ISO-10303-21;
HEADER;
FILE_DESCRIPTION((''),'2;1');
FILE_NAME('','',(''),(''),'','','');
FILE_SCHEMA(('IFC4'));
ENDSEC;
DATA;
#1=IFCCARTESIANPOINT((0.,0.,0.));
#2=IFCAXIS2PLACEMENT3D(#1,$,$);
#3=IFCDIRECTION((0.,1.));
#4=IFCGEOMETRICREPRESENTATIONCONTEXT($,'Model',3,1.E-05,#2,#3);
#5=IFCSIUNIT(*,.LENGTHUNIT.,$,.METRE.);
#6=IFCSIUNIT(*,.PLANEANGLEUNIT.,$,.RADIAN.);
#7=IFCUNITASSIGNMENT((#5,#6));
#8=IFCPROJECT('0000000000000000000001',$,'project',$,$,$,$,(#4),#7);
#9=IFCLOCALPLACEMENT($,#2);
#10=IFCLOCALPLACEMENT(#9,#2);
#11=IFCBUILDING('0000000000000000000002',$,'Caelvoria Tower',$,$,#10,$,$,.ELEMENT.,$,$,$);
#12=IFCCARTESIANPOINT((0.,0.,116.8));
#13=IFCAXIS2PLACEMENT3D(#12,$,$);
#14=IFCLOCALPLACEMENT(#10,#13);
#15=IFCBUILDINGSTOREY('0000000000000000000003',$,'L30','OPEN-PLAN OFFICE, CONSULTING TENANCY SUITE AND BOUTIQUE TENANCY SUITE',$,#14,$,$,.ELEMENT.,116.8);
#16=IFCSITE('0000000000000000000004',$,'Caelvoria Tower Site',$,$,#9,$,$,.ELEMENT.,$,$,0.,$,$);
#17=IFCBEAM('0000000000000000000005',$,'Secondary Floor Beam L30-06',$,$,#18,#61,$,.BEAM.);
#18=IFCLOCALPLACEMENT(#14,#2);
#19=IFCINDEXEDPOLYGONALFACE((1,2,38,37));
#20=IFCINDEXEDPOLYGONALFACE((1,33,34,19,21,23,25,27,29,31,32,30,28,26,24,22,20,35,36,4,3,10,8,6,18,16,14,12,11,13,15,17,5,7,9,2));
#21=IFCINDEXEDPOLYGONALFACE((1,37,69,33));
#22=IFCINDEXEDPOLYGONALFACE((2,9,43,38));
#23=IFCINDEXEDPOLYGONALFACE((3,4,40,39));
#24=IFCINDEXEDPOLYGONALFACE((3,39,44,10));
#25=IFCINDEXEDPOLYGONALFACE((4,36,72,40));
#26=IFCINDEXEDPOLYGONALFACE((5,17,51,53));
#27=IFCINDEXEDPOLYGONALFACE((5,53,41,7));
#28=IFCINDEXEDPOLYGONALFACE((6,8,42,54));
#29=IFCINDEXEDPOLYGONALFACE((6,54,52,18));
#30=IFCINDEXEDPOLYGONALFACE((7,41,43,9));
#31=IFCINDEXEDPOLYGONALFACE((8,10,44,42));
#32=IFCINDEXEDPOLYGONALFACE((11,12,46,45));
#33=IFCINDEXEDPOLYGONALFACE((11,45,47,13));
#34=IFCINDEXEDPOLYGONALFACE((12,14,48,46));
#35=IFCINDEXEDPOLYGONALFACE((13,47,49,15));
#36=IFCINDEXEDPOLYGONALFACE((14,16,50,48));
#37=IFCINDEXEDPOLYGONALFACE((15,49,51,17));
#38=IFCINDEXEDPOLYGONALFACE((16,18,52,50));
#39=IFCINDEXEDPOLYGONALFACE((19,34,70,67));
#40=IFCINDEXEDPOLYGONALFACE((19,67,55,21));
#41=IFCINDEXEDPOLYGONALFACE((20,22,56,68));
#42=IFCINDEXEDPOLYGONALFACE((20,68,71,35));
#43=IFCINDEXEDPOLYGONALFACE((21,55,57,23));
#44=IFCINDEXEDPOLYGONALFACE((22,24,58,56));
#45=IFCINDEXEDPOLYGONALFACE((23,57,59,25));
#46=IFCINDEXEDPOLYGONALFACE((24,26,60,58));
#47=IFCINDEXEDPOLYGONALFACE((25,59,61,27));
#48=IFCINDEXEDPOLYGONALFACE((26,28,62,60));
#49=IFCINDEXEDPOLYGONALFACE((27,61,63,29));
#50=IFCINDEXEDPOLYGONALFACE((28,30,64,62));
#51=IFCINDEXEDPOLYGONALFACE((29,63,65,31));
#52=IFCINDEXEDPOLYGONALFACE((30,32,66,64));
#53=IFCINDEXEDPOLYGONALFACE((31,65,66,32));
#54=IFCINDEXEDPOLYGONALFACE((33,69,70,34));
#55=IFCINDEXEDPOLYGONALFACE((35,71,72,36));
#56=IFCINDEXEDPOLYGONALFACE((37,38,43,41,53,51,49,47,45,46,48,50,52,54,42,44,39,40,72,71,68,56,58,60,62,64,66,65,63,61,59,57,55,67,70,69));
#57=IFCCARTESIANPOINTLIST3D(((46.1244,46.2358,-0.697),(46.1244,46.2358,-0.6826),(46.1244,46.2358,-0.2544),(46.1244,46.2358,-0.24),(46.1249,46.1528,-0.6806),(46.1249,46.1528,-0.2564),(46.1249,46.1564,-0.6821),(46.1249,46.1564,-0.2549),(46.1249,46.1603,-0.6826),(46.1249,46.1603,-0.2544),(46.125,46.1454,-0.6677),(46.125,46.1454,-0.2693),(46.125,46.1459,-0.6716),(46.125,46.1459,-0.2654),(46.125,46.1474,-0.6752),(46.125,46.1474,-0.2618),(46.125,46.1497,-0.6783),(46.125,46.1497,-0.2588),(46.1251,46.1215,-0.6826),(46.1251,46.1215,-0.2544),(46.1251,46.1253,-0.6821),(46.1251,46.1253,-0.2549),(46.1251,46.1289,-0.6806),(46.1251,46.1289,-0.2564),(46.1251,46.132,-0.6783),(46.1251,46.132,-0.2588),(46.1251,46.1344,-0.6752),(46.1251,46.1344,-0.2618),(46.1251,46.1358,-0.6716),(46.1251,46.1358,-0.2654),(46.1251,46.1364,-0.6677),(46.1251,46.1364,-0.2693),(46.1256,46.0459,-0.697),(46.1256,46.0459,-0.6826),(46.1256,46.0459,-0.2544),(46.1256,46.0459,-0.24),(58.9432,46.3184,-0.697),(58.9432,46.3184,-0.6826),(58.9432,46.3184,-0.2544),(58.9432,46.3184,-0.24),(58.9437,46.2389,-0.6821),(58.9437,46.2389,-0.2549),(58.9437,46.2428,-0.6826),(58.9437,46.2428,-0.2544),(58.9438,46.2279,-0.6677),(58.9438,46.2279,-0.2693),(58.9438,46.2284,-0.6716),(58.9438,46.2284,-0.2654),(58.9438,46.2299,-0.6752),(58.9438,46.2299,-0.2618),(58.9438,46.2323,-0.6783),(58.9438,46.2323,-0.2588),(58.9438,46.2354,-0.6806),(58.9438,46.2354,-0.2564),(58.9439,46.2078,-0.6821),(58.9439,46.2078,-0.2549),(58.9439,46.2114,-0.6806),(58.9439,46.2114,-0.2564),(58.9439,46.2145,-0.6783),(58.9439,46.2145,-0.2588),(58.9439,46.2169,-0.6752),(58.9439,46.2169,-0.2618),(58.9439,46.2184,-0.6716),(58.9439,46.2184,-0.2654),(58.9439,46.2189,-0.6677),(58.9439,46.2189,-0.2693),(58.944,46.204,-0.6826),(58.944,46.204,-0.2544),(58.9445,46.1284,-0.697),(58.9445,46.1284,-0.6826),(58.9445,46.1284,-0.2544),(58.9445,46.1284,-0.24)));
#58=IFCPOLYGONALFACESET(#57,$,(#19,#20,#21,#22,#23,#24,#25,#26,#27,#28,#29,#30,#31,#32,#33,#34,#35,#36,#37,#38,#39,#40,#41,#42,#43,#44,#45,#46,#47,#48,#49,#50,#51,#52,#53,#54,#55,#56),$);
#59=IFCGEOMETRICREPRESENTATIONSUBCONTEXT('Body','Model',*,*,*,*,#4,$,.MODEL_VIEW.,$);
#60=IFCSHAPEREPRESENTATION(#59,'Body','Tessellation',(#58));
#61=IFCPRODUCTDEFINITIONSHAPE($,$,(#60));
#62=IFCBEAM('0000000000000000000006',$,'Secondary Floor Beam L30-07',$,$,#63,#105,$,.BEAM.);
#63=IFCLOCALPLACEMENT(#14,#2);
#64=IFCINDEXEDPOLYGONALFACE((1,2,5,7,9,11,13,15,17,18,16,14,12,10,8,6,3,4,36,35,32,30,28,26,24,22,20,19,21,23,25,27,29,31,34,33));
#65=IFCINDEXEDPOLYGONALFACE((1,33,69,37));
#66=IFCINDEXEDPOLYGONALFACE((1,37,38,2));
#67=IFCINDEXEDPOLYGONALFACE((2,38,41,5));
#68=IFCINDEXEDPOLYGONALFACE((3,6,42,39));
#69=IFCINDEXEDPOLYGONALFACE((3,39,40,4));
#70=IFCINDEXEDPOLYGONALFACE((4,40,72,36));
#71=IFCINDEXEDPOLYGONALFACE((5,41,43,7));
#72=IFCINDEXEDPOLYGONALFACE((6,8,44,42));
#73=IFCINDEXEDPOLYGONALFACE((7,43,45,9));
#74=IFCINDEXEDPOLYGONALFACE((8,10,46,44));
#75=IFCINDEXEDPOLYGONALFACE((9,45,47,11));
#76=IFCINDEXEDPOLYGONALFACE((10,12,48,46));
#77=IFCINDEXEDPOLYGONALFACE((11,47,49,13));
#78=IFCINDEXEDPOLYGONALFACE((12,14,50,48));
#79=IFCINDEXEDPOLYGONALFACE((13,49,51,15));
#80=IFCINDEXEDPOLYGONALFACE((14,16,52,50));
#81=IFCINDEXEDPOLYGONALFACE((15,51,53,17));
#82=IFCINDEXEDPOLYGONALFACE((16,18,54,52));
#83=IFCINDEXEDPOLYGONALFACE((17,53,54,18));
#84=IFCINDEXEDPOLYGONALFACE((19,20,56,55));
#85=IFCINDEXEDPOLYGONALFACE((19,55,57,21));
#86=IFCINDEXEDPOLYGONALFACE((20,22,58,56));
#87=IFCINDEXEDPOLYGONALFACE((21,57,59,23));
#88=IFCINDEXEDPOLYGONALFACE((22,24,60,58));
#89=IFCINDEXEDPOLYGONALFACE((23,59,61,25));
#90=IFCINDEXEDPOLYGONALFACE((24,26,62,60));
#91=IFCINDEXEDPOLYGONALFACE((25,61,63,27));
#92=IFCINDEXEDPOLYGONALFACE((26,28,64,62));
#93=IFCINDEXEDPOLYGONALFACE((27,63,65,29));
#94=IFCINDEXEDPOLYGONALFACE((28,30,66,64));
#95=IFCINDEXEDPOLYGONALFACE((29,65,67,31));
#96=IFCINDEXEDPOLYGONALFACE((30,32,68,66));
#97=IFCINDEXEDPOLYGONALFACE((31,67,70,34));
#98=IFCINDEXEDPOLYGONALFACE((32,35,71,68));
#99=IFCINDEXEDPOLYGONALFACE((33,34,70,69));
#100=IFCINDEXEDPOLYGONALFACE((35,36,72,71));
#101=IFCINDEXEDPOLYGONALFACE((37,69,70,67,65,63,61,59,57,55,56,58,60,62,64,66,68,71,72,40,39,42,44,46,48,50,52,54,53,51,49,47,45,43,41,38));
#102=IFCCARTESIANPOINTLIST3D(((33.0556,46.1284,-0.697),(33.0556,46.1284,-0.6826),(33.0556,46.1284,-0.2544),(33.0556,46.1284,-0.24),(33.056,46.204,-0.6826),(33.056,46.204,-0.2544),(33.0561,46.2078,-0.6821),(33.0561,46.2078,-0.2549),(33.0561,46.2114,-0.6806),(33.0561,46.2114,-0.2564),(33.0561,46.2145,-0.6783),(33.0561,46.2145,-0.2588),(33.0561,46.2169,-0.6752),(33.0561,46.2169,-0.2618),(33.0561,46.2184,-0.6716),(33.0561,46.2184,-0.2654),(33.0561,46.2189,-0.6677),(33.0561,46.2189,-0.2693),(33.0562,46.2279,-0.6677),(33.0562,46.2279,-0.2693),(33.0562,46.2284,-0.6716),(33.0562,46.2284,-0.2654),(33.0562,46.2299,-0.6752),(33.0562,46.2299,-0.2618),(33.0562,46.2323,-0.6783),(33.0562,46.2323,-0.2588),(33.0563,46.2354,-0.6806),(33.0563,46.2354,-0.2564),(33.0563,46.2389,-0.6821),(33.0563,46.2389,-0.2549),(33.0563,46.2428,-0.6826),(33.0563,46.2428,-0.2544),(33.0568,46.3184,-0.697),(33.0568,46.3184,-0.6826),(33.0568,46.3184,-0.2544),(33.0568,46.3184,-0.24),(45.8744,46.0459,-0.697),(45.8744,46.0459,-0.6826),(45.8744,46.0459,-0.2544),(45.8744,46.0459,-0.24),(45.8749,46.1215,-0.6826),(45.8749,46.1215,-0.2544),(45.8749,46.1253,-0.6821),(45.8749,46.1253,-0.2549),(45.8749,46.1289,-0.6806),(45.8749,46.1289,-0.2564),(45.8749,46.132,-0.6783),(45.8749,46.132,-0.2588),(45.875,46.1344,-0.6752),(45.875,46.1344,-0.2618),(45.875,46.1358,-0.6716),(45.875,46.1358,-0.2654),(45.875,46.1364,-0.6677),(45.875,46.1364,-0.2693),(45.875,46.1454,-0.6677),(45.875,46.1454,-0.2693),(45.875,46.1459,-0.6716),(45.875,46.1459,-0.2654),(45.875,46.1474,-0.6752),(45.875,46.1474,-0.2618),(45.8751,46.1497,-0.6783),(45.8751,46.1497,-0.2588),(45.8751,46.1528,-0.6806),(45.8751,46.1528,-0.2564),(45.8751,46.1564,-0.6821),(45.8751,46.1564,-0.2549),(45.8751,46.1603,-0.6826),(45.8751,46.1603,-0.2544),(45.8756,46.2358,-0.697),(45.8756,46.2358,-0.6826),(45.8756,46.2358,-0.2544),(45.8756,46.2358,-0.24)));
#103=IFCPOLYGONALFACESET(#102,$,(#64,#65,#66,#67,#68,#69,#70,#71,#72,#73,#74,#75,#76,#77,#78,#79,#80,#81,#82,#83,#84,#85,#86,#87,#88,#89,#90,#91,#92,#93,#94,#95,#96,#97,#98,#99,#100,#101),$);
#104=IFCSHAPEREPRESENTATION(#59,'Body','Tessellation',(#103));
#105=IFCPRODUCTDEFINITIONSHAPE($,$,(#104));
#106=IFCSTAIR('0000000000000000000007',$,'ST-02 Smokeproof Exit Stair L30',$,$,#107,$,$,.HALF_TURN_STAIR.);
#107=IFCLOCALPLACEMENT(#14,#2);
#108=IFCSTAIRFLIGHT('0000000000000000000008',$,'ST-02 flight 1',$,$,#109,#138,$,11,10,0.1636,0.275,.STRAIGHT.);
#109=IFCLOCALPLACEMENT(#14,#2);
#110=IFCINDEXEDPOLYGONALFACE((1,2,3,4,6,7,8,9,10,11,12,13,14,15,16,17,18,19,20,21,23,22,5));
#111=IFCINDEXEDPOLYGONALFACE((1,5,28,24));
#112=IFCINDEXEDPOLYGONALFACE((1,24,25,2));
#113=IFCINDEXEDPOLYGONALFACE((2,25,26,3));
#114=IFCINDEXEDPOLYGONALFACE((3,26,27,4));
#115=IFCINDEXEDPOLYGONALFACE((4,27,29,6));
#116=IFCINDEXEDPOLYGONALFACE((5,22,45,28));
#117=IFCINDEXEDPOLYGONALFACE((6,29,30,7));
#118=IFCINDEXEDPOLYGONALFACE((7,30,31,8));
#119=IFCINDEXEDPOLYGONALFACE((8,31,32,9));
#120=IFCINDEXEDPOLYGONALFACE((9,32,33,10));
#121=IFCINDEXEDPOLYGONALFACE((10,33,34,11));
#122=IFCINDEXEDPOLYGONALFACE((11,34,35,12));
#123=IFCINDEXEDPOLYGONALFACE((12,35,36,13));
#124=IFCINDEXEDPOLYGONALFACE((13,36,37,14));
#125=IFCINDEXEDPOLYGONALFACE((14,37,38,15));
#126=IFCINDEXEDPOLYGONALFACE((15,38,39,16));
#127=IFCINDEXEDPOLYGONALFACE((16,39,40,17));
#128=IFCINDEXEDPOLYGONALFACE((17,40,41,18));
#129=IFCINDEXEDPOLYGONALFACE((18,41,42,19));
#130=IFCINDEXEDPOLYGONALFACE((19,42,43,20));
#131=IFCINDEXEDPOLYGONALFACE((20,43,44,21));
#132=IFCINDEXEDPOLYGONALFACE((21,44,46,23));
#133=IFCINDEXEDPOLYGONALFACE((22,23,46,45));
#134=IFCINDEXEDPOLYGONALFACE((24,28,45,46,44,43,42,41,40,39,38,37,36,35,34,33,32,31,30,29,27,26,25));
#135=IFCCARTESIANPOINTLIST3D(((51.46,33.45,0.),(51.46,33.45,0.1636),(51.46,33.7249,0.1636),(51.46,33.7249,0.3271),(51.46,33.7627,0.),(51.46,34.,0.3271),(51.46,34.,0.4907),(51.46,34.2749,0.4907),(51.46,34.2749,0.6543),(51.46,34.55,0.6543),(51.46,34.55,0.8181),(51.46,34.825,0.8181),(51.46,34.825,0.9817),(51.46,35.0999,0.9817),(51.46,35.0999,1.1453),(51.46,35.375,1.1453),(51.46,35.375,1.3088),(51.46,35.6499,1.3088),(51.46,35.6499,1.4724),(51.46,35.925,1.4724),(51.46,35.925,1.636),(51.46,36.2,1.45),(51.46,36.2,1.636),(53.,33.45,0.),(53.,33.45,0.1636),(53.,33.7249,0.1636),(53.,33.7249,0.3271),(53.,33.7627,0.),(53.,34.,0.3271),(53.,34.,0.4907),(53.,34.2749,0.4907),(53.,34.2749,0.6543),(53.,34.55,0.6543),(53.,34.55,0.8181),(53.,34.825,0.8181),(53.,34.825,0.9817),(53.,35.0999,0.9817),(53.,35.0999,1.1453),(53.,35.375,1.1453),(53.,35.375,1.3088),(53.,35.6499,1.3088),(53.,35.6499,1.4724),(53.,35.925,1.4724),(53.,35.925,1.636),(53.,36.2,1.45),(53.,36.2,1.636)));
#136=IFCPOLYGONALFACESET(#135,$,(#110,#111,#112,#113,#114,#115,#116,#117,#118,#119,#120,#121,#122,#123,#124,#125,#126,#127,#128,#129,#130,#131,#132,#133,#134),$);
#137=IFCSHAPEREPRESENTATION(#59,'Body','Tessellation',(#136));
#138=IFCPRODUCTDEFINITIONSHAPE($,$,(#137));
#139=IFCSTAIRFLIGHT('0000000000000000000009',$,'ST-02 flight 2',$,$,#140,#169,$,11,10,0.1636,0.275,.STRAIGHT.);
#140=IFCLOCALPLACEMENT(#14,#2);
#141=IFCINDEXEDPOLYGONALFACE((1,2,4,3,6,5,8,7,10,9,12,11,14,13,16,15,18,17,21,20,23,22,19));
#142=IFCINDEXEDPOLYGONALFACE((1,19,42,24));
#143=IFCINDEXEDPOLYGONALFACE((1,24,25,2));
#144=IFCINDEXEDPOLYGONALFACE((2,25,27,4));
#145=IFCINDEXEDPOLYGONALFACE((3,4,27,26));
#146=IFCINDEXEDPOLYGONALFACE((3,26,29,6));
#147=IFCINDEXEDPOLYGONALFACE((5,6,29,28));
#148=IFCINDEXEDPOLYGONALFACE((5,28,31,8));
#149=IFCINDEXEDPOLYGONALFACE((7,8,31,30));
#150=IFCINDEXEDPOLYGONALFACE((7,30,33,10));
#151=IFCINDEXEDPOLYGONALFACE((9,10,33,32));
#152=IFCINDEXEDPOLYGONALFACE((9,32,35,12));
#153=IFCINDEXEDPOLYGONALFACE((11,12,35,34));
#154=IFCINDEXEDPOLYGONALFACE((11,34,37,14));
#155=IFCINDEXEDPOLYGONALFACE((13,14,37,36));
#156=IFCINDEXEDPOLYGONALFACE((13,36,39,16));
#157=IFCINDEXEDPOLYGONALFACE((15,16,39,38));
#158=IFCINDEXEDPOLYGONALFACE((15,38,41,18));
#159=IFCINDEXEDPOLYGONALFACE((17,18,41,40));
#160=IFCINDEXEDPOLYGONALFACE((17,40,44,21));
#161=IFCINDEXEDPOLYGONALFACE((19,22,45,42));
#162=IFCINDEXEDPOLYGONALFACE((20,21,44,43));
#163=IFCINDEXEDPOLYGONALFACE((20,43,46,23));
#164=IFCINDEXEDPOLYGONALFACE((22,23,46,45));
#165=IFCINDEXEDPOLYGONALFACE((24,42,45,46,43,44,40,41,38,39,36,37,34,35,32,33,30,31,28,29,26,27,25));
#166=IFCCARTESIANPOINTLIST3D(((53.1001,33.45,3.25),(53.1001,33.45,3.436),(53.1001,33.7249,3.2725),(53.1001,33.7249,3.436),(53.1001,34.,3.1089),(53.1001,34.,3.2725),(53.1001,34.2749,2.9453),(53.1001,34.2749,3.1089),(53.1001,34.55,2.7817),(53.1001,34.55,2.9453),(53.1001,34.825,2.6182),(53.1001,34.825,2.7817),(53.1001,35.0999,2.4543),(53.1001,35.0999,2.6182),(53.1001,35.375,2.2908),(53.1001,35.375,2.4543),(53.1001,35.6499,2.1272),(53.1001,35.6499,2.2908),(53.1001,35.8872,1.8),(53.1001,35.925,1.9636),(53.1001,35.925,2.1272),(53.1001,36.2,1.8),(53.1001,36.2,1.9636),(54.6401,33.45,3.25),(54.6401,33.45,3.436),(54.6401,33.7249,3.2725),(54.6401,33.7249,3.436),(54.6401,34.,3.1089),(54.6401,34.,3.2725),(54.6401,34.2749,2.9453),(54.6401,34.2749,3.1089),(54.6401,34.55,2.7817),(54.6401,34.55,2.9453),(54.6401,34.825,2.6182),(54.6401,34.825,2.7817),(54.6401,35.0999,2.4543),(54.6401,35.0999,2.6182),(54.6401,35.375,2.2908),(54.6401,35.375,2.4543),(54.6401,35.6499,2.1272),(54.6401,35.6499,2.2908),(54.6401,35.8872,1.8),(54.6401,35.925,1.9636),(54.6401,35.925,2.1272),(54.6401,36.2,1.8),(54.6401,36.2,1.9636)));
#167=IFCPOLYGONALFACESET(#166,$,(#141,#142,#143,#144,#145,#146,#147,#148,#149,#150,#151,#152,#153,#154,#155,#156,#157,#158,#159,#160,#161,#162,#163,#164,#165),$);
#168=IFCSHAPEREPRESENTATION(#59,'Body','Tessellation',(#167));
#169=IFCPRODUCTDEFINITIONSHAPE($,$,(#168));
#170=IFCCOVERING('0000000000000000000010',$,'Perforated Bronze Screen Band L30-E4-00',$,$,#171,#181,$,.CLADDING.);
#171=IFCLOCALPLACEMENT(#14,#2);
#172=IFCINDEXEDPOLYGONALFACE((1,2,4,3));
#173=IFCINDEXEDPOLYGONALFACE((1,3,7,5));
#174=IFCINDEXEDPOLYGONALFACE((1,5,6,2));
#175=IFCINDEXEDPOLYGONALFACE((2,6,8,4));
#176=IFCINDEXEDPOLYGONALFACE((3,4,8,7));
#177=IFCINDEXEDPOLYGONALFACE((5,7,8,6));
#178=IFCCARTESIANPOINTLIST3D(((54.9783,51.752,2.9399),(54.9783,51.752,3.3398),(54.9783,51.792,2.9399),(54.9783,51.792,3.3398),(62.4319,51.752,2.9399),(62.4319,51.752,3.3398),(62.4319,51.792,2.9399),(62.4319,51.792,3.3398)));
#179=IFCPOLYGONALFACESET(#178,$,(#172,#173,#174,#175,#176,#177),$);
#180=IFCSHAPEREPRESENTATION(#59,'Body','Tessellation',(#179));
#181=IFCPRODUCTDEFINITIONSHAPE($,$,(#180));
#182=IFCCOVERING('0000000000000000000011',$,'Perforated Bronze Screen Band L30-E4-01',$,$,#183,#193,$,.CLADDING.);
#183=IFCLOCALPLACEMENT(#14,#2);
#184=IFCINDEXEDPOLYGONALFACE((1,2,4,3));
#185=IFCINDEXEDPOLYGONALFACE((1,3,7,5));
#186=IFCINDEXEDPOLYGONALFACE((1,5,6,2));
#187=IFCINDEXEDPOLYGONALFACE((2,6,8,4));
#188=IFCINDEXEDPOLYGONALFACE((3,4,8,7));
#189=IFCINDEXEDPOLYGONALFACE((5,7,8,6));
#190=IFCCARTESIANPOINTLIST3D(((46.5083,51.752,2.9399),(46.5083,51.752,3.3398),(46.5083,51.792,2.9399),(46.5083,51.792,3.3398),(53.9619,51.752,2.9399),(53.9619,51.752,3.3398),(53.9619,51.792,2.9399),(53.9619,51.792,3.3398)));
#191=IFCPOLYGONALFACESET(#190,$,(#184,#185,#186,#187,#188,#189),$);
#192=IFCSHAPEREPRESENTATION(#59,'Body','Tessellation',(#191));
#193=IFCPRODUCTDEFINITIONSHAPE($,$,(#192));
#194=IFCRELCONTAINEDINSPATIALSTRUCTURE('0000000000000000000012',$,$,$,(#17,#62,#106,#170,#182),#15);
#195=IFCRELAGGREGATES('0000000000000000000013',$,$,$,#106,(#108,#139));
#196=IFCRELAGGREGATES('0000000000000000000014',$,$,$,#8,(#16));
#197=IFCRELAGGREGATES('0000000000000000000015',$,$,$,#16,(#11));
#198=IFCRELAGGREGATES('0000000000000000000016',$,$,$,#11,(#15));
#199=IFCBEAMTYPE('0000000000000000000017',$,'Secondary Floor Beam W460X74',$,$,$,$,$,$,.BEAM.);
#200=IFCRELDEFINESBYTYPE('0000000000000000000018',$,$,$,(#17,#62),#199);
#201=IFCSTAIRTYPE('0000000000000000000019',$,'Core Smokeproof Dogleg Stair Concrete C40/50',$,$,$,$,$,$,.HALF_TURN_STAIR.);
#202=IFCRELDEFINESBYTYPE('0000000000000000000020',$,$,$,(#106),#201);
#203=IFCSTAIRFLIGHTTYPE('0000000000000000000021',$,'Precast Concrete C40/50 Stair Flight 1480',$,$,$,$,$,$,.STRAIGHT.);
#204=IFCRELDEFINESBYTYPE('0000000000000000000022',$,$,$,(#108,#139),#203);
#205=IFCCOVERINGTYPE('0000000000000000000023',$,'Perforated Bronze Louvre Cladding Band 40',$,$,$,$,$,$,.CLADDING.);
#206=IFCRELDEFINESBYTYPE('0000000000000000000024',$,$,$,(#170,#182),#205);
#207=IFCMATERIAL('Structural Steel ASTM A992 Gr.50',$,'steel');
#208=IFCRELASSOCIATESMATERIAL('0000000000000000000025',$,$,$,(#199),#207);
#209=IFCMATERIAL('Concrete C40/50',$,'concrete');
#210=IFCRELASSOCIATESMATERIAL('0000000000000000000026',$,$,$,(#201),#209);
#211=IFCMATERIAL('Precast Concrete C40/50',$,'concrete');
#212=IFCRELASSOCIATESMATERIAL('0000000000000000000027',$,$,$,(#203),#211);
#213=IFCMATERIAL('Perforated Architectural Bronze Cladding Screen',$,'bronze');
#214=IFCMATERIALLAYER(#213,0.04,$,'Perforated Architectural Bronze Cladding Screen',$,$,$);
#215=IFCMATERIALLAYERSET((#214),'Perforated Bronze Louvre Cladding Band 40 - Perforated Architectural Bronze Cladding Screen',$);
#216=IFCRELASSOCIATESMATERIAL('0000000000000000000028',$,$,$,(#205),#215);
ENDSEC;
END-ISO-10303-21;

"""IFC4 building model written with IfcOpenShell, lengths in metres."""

from ifc_helpers import new_model, si_unit, direction, frame, origin, origin_2d, place, context, subcontext, project, spatial, polyline, rectangle, i_section, outline, extrude, material, layer, layer_set, material_profile, profile_set, type_object, element, aggregate, save


model = new_model("IFC4")

# Units and contexts
model_context = context("Model", 3, precision=1e-05, world=origin(), true_north=direction((0.0, 1.0)))
body_context = subcontext(model_context, "Body", "Model", "MODEL_VIEW")
ifc_project = project(units=[si_unit("LENGTHUNIT", "METRE"), si_unit("PLANEANGLEUNIT", "RADIAN")], contexts=[model_context])

# Site, building, storey
site_placement = place(None, origin())
site = spatial("IfcSite", under=ifc_project, at=site_placement, Name="Caelvoria Tower Site", CompositionType="ELEMENT", RefElevation=0.0)
building_placement = place(site_placement, origin())
building = spatial("IfcBuilding", under=site, at=building_placement, Name="Caelvoria Tower", CompositionType="ELEMENT")
storey_placement = place(building_placement, frame((0.0, 0.0, 116.8)))
storey = spatial("IfcBuildingStorey", under=building, at=storey_placement, Name="L30", Description="OPEN-PLAN OFFICE, CONSULTING TENANCY SUITE AND BOUTIQUE TENANCY SUITE", CompositionType="ELEMENT", Elevation=116.8)

# Beams
ifc_material_1 = material(Name="Structural Steel ASTM A992 Gr.50", Category="steel")
ifc_material_profile_1 = material_profile(ifc_material_1, i_section(OverallWidth=0.1899, OverallDepth=0.457, WebThickness=0.009, FlangeThickness=0.0144, FilletRadius=0.0149, at=origin_2d()), Name="Structural Steel ASTM A992 Gr.50")
ifc_profile_set_1 = profile_set([ifc_material_profile_1], Name="W460X74 - Structural Steel ASTM A992 Gr.50")
beam_type_1 = type_object("IfcBeamType", Name="Secondary Floor Beam W460X74", PredefinedType="BEAM", material=ifc_profile_set_1)
for number, where, z_axis, x_axis, name in (
    (1, (58.9438, 46.2234, -0.4685), (-0.999979, -0.006437, 0.0), (0.006437, -0.999979, 0.0), "Secondary Floor Beam L30-06"),
    (2, (45.875, 46.1409, -0.4685), (-0.999979, 0.006437, 0.0), (-0.006437, -0.999979, 0.0), "Secondary Floor Beam L30-07"),
):
    element("IfcBeam", number, at=place(storey_placement, frame(where, z_axis=z_axis, x_axis=x_axis)), inside=storey, type_object=beam_type_1, Name=name, PredefinedType="BEAM", context=body_context, shape_type="SweptSolid", body=[
        extrude(i_section(OverallWidth=0.1899, OverallDepth=0.457, WebThickness=0.009, FlangeThickness=0.0144, FilletRadius=0.0149, at=origin_2d()), origin(), (0.0, 0.0, 1.0), 12.8191),
    ])

# Stair, stair flights
ifc_material_2 = material(Name="Concrete C40/50", Category="concrete")
stair_type = type_object("IfcStairType", Name="Core Smokeproof Dogleg Stair Concrete C40/50", PredefinedType="HALF_TURN_STAIR", material=ifc_material_2)
stair_placement = place(storey_placement, origin())
stair = element("IfcStair", 3, at=stair_placement, inside=storey, type_object=stair_type, Name="ST-02 Smokeproof Exit Stair L30", PredefinedType="HALF_TURN_STAIR")
ifc_material_3 = material(Name="Precast Concrete C40/50", Category="concrete")
stair_flight_type = type_object("IfcStairFlightType", Name="Precast Concrete C40/50 Stair Flight 1480", PredefinedType="STRAIGHT", material=ifc_material_3)
stair_flight_1_placement = place(storey_placement, frame((52.23, 33.45, 0.0), z_axis=(0.0, 0.0, 1.0), x_axis=(0.0, 1.0, 0.0)))
stair_flight_1 = element("IfcStairFlight", 4, at=stair_flight_1_placement, type_object=stair_flight_type, Name="ST-02 flight 1", NumberOfRisers=11, NumberOfTreads=10, PredefinedType="STRAIGHT", RiserHeight=0.1636, TreadLength=0.275, context=body_context, shape_type="SweptSolid", body=[
    extrude(outline(polyline([(0.0, 0.0), (0.0, 0.1636), (0.2749, 0.1636), (0.2749, 0.3271), (0.55, 0.3271), (0.55, 0.4907), (0.825, 0.4907), (0.825, 0.6543), (1.1001, 0.6543), (1.1001, 0.8181), (1.375, 0.8181), (1.375, 0.9817), (1.6499, 0.9817), (1.6499, 1.1453), (1.925, 1.1453), (1.925, 1.3088), (2.2, 1.3088), (2.2, 1.4724), (2.4751, 1.4724), (2.4751, 1.636), (2.75, 1.636), (2.75, 1.7996), (2.75, 1.45), (0.3127, 0.0), (0.0, 0.0)])), frame((0.0, 0.77, 0.0), z_axis=(0.0, -1.0, 0.0), x_axis=(1.0, 0.0, 0.0)), (0.0, 0.0, 1.0), 1.54),
])
stair_flight_2_placement = place(storey_placement, frame((53.8701, 36.2, 1.8), z_axis=(0.0, 0.0, 1.0), x_axis=(0.0, -1.0, 0.0)))
stair_flight_2 = element("IfcStairFlight", 5, at=stair_flight_2_placement, type_object=stair_flight_type, Name="ST-02 flight 2", NumberOfRisers=11, NumberOfTreads=10, PredefinedType="STRAIGHT", RiserHeight=0.1636, TreadLength=0.275, context=body_context, shape_type="SweptSolid", body=[
    extrude(outline(polyline([(0.0, 0.0), (0.0, 0.1636), (0.2749, 0.1636), (0.2749, 0.3271), (0.55, 0.3271), (0.55, 0.4907), (0.825, 0.4907), (0.825, 0.6543), (1.1001, 0.6543), (1.1001, 0.8181), (1.375, 0.8181), (1.375, 0.9817), (1.6499, 0.9817), (1.6499, 1.1453), (1.925, 1.1453), (1.925, 1.3088), (2.2, 1.3088), (2.2, 1.4724), (2.4751, 1.4724), (2.4751, 1.636), (2.75, 1.636), (2.75, 1.7996), (2.75, 1.45), (0.3127, 0.0), (0.0, 0.0)])), frame((0.0, 0.77, 0.0), z_axis=(0.0, -1.0, 0.0), x_axis=(1.0, 0.0, 0.0)), (0.0, 0.0, 1.0), 1.54),
])
aggregate(stair, [stair_flight_1, stair_flight_2])

# Coverings
ifc_material_4 = material(Name="Perforated Architectural Bronze Cladding Screen", Category="bronze")
ifc_layer_1 = layer(ifc_material_4, 0.04, Name="Perforated Architectural Bronze Cladding Screen")
ifc_layer_set_1 = layer_set([ifc_layer_1], Name="Perforated Bronze Louvre Cladding Band 40 - Perforated Architectural Bronze Cladding Screen")
covering_type = type_object("IfcCoveringType", Name="Perforated Bronze Louvre Cladding Band 40", PredefinedType="CLADDING", material=ifc_layer_set_1)
for number, where, z_axis, x_axis, name in (
    (6, (58.7051, 51.772, 2.9399), (0.0, 0.0, 1.0), (-1.0, 0.0, 0.0), "Perforated Bronze Screen Band L30-E4-00"),
    (7, (50.2351, 51.772, 2.9399), (0.0, 0.0, 1.0), (-1.0, 0.0, 0.0), "Perforated Bronze Screen Band L30-E4-01"),
):
    element("IfcCovering", number, at=place(storey_placement, frame(where, z_axis=z_axis, x_axis=x_axis)), inside=storey, type_object=covering_type, Name=name, PredefinedType="CLADDING", context=body_context, shape_type="SweptSolid", body=[
        extrude(rectangle(XDim=7.4536, YDim=0.04, at=origin_2d()), origin(), (0.0, 0.0, 1.0), 0.3999),
    ])

save(model, "model.ifc")
